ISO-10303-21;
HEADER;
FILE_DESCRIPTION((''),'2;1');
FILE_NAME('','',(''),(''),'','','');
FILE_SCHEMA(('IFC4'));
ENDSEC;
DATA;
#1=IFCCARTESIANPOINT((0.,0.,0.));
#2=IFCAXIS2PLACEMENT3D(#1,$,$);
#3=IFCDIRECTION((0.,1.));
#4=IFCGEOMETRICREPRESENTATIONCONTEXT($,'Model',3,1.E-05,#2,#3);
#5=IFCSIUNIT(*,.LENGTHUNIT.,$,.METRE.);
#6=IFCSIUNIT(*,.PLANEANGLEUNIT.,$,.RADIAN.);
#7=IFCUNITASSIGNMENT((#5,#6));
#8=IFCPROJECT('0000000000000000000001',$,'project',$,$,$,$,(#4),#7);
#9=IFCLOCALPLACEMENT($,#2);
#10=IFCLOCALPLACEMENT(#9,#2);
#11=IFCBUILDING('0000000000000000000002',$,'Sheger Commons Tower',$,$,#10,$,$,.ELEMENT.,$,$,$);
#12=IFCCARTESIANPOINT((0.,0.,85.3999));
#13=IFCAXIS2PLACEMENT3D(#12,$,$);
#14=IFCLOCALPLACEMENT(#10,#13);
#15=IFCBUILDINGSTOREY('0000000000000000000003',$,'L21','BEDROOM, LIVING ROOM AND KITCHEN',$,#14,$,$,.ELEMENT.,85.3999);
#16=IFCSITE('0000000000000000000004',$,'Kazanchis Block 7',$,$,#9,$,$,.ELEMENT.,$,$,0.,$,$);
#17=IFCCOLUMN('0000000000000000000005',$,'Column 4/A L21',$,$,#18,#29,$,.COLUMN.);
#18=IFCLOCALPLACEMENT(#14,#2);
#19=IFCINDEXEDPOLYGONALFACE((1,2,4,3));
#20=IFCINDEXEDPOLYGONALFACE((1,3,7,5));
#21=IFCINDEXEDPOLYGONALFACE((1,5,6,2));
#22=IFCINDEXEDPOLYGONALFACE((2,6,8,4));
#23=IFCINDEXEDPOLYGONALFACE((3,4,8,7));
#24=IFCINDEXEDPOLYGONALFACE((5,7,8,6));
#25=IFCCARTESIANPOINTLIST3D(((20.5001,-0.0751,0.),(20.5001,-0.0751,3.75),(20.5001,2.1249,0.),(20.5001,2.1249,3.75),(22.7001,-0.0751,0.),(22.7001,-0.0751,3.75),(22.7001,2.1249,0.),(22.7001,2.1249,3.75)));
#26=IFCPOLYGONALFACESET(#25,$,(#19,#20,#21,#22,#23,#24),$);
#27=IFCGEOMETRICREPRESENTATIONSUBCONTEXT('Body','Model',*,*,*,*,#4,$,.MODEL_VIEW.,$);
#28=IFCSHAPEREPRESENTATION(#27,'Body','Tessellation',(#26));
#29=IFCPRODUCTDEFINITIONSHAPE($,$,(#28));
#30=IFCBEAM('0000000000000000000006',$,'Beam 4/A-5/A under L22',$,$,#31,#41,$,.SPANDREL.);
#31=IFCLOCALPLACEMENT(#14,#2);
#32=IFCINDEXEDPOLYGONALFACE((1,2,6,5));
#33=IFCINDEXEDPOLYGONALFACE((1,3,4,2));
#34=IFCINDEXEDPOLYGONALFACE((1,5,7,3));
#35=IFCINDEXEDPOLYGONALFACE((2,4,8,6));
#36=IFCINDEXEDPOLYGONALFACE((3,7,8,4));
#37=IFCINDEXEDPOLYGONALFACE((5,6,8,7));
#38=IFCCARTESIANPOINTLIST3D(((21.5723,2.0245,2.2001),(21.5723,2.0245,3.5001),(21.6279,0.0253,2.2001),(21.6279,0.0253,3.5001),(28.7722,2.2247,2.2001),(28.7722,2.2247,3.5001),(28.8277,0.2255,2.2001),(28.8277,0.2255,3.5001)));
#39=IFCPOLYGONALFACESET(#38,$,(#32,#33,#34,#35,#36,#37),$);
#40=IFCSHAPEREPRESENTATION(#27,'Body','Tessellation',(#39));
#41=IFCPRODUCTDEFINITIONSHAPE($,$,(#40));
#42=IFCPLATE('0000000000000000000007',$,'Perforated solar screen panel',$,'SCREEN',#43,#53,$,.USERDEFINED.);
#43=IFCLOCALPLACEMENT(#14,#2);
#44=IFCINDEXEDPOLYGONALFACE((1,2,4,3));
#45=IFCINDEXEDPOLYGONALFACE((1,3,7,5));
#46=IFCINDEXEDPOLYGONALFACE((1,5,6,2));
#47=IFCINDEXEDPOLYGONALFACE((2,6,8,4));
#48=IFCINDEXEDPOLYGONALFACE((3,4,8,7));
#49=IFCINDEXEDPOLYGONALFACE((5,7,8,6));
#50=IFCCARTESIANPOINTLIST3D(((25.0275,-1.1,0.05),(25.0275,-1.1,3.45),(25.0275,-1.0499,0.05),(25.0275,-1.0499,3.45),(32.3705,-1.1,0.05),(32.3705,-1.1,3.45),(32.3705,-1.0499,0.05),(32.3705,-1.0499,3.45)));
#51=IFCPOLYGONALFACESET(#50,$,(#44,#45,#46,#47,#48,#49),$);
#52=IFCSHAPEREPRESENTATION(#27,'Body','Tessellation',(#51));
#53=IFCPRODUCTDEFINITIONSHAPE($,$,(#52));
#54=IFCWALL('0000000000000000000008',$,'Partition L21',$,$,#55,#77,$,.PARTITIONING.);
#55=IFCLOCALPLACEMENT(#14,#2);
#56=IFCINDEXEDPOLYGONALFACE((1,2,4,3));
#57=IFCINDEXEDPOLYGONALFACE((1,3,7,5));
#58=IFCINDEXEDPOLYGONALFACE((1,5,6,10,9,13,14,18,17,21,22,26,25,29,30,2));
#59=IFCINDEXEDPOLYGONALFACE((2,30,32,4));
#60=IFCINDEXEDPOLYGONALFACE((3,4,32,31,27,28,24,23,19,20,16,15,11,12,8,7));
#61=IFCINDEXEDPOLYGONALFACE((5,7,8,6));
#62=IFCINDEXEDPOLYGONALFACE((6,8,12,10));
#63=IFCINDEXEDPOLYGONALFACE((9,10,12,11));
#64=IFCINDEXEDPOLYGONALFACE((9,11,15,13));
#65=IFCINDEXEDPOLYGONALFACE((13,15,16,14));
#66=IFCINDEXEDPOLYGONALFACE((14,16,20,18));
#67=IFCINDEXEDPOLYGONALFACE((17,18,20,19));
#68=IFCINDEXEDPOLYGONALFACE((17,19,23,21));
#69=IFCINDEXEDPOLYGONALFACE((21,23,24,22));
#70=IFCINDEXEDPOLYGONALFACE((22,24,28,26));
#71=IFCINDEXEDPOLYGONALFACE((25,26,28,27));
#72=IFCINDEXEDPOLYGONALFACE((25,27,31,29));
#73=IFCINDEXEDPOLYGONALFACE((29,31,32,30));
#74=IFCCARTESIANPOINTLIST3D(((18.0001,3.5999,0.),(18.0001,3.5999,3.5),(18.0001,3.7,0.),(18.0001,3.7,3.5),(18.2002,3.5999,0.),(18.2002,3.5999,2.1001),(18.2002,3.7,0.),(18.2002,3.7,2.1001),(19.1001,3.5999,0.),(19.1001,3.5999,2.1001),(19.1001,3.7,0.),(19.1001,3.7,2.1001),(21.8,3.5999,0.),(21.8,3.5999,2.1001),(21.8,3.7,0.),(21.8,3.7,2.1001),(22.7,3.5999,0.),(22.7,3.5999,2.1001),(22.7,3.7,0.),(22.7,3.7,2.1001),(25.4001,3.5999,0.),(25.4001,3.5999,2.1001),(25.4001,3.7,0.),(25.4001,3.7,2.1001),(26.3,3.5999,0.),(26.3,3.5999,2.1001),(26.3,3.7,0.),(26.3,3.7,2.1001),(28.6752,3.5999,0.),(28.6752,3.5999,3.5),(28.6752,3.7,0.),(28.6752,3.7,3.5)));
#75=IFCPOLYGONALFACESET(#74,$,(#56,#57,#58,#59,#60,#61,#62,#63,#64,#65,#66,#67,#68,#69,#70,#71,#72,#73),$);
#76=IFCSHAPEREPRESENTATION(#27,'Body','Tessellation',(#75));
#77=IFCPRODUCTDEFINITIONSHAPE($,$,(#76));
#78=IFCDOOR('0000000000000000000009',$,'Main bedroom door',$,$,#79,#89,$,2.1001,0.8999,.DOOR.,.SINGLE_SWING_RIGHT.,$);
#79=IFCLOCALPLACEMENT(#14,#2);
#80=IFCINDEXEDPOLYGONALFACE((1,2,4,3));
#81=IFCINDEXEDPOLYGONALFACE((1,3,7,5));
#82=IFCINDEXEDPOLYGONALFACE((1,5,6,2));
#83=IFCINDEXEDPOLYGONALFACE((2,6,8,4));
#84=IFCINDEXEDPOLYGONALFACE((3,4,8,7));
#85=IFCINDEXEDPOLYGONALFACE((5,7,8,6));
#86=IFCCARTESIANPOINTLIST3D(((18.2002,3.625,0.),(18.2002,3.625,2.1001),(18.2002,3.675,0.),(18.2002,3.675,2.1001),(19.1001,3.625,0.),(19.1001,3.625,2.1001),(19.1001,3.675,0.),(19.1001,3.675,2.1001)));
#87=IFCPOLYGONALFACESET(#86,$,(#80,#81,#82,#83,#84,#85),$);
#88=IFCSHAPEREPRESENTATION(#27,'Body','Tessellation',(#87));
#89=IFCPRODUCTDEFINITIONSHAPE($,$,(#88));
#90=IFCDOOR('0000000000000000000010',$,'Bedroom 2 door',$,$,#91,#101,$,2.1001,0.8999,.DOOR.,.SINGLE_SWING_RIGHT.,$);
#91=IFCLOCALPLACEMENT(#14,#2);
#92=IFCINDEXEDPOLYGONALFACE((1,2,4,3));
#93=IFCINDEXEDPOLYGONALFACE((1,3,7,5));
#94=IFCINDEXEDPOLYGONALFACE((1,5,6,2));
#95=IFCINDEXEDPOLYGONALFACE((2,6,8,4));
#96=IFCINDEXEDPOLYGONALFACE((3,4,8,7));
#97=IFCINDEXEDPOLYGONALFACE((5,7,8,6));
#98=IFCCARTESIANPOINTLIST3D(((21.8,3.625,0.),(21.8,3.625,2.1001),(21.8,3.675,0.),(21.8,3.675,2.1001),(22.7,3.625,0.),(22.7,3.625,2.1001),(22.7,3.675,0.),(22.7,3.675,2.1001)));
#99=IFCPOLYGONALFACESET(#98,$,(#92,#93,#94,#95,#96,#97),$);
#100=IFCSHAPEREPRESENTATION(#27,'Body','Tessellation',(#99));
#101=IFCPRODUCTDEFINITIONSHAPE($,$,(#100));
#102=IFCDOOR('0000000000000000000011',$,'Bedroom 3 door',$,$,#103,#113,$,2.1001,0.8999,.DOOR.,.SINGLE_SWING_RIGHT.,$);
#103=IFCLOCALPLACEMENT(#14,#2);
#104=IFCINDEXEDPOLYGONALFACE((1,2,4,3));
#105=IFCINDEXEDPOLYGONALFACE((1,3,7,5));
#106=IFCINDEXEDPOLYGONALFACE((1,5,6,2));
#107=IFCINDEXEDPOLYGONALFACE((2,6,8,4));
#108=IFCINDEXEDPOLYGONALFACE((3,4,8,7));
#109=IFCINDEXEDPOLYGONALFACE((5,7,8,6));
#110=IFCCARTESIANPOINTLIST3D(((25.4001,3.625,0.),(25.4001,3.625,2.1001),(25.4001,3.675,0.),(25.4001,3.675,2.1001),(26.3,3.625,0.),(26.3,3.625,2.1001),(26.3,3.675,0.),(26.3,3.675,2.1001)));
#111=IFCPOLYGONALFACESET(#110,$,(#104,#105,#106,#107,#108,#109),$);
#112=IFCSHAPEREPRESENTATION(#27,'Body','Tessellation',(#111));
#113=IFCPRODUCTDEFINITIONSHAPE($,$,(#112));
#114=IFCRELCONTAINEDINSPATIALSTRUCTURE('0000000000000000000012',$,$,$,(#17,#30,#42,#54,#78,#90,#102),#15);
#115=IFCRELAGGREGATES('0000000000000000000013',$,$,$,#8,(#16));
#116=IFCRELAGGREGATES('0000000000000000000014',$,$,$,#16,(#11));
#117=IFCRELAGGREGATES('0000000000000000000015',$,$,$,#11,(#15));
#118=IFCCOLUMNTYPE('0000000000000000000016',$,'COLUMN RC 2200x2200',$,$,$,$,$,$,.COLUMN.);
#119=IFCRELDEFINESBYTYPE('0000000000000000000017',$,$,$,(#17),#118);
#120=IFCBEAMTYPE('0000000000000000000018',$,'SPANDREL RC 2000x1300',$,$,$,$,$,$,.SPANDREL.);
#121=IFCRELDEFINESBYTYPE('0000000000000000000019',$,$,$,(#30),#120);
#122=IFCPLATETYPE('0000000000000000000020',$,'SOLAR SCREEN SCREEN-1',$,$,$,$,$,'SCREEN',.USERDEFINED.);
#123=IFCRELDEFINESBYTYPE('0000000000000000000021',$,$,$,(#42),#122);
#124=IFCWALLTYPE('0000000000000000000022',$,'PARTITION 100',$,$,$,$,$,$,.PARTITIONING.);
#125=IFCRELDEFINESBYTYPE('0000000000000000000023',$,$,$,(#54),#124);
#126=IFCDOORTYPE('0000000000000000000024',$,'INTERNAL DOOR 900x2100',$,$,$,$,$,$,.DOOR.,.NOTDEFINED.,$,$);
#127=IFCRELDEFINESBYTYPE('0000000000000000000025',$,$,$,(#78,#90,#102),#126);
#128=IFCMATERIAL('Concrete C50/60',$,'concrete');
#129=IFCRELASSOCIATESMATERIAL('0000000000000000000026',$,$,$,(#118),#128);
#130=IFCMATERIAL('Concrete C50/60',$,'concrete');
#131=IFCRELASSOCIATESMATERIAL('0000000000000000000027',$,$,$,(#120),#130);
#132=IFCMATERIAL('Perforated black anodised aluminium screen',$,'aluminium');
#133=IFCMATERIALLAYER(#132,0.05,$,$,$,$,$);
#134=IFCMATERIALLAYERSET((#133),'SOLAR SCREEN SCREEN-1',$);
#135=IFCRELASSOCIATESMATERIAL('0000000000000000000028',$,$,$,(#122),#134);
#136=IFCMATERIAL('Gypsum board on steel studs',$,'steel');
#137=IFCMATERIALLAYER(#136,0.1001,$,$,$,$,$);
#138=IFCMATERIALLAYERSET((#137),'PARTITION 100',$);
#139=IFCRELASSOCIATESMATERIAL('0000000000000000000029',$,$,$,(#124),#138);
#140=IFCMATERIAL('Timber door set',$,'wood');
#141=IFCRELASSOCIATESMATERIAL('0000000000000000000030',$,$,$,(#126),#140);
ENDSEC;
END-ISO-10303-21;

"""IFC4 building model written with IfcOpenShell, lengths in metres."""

from ifc_helpers import new_model, si_unit, direction, frame, frame_2d, origin, origin_2d, place, context, subcontext, project, spatial, rectangle, extrude, material, layer, layer_set, material_profile, profile_set, type_object, element, fill, save


model = new_model("IFC4")

# Units and contexts
model_context = context("Model", 3, precision=1e-05, world=origin(), true_north=direction((0.0, 1.0)))
body_context = subcontext(model_context, "Body", "Model", "MODEL_VIEW")
ifc_project = project(units=[si_unit("LENGTHUNIT", "METRE"), si_unit("PLANEANGLEUNIT", "RADIAN")], contexts=[model_context])

# Site, building, storey
site_placement = place(None, origin())
site = spatial("IfcSite", under=ifc_project, at=site_placement, Name="Kazanchis Block 7", CompositionType="ELEMENT", RefElevation=0.0)
building_placement = place(site_placement, origin())
building = spatial("IfcBuilding", under=site, at=building_placement, Name="Sheger Commons Tower", CompositionType="ELEMENT")
storey_placement = place(building_placement, frame((0.0, 0.0, 85.3999)))
storey = spatial("IfcBuildingStorey", under=building, at=storey_placement, Name="L21", Description="BEDROOM, LIVING ROOM AND KITCHEN", CompositionType="ELEMENT", Elevation=85.3999)

# Column
ifc_material_1 = material(Name="Concrete C50/60", Category="concrete")
ifc_material_profile_1 = material_profile(ifc_material_1, rectangle(XDim=2.2, YDim=2.2, at=origin_2d()), Name="RC 2200x2200")
ifc_profile_set_1 = profile_set([ifc_material_profile_1], Name="Concrete C50/60")
column_type = type_object("IfcColumnType", Name="COLUMN RC 2200x2200", PredefinedType="COLUMN", material=ifc_profile_set_1)
column_placement = place(storey_placement, frame((21.6001, 1.0249, 0.0), z_axis=(0.0, 0.0, 1.0), x_axis=(1.0, 0.0, 0.0)))
element("IfcColumn", 1, at=column_placement, inside=storey, type_object=column_type, Name="Column 4/A L21", PredefinedType="COLUMN", context=body_context, shape_type="SweptSolid", body=[
    extrude(rectangle(XDim=2.2, YDim=2.2, at=origin_2d()), origin(), (0.0, 0.0, 1.0), 3.75),
])

# Beam
ifc_material_2 = material(Name="Concrete C50/60", Category="concrete")
ifc_material_profile_2 = material_profile(ifc_material_2, rectangle(XDim=2.0, YDim=1.3, at=origin_2d()), Name="RC 2000x1300")
ifc_profile_set_2 = profile_set([ifc_material_profile_2], Name="Concrete C50/60")
beam_type = type_object("IfcBeamType", Name="SPANDREL RC 2000x1300", PredefinedType="SPANDREL", material=ifc_profile_set_2)
beam_placement = place(storey_placement, frame((21.6001, 1.0249, 2.8501), z_axis=(0.999614, 0.027794, 0.0), x_axis=(-0.027794, 0.999614, 0.0)))
element("IfcBeam", 2, at=beam_placement, inside=storey, type_object=beam_type, Name="Beam 4/A-5/A under L22", PredefinedType="SPANDREL", context=body_context, shape_type="SweptSolid", body=[
    extrude(rectangle(XDim=2.0, YDim=1.3, at=origin_2d()), origin(), (0.0, 0.0, 1.0), 7.2026),
])

# Plate
ifc_material_3 = material(Name="Perforated black anodised aluminium screen", Category="aluminium")
ifc_layer_1 = layer(ifc_material_3, 0.05)
ifc_layer_set_1 = layer_set([ifc_layer_1], Name="SOLAR SCREEN SCREEN-1")
plate_type = type_object("IfcPlateType", Name="SOLAR SCREEN SCREEN-1", ElementType="SCREEN", PredefinedType="USERDEFINED", material=ifc_layer_set_1)
plate_placement = place(storey_placement, frame((28.699, -1.075, 0.05), z_axis=(0.0, 0.0, 1.0), x_axis=(1.0, 0.0, 0.0)))
element("IfcPlate", 3, at=plate_placement, inside=storey, type_object=plate_type, Name="Perforated solar screen panel", ObjectType="SCREEN", PredefinedType="USERDEFINED", context=body_context, shape_type="SweptSolid", body=[
    extrude(rectangle(XDim=7.343, YDim=0.05, at=origin_2d()), origin(), (0.0, 0.0, 1.0), 3.3999),
])

# Wall, openings, doors
ifc_material_4 = material(Name="Gypsum board on steel studs", Category="steel")
ifc_layer_2 = layer(ifc_material_4, 0.1001)
ifc_layer_set_2 = layer_set([ifc_layer_2], Name="PARTITION 100")
wall_type = type_object("IfcWallType", Name="PARTITION 100", PredefinedType="PARTITIONING", material=ifc_layer_set_2)
wall_1_placement = place(storey_placement, frame((28.675, 3.6499, 0.0), z_axis=(0.0, 0.0, 1.0), x_axis=(-1.0, 0.0, 0.0)))
wall_1 = element("IfcWall", 4, at=wall_1_placement, inside=storey, type_object=wall_type, Name="Partition L21", PredefinedType="PARTITIONING", context=body_context, shape_type="SweptSolid", body=[
    extrude(rectangle(XDim=10.675, YDim=0.1001, at=frame_2d((5.3374, 0.0))), origin(), (0.0, 0.0, 1.0), 3.5),
])
opening_1_placement = place(wall_1_placement, frame((9.575, 0.0, 0.0)))
opening_1 = element("IfcOpeningElement", 5, at=opening_1_placement, cuts=wall_1, PredefinedType="OPENING", context=body_context, shape_type="SweptSolid", body=[
    extrude(rectangle(XDim=0.8999, YDim=2.1001, at=frame_2d((0.45, 1.05))), frame((0.0, 0.0601, 0.0), z_axis=(0.0, -1.0, 0.0), x_axis=(1.0, 0.0, 0.0)), (0.0, 0.0, 1.0), 0.1201),
])
opening_2_placement = place(wall_1_placement, frame((5.9751, 0.0, 0.0)))
opening_2 = element("IfcOpeningElement", 6, at=opening_2_placement, cuts=wall_1, PredefinedType="OPENING", context=body_context, shape_type="SweptSolid", body=[
    extrude(rectangle(XDim=0.8999, YDim=2.1001, at=frame_2d((0.45, 1.05))), frame((0.0, 0.0601, 0.0), z_axis=(0.0, -1.0, 0.0), x_axis=(1.0, 0.0, 0.0)), (0.0, 0.0, 1.0), 0.1201),
])
opening_3_placement = place(wall_1_placement, frame((2.375, 0.0, 0.0)))
opening_3 = element("IfcOpeningElement", 7, at=opening_3_placement, cuts=wall_1, PredefinedType="OPENING", context=body_context, shape_type="SweptSolid", body=[
    extrude(rectangle(XDim=0.8999, YDim=2.1001, at=frame_2d((0.45, 1.05))), frame((0.0, 0.0601, 0.0), z_axis=(0.0, -1.0, 0.0), x_axis=(1.0, 0.0, 0.0)), (0.0, 0.0, 1.0), 0.1201),
])
ifc_material_5 = material(Name="Timber door set", Category="wood")
door_type = type_object("IfcDoorType", Name="INTERNAL DOOR 900x2100", OperationType="NOTDEFINED", PredefinedType="DOOR", material=ifc_material_5)
door_1_placement = place(opening_1_placement, origin())
door_1 = element("IfcDoor", 8, at=door_1_placement, inside=storey, type_object=door_type, Name="Main bedroom door", OperationType="SINGLE_SWING_RIGHT", OverallHeight=2.1001, OverallWidth=0.8999, PredefinedType="DOOR", context=body_context, shape_type="SweptSolid", body=[
    extrude(rectangle(XDim=0.8999, YDim=2.1001, at=frame_2d((0.45, 1.05))), frame((0.0, 0.0249, 0.0), z_axis=(0.0, -1.0, 0.0), x_axis=(1.0, 0.0, 0.0)), (0.0, 0.0, 1.0), 0.05),
])
fill(opening_1, door_1)
door_2_placement = place(opening_2_placement, origin())
door_2 = element("IfcDoor", 9, at=door_2_placement, inside=storey, type_object=door_type, Name="Bedroom 2 door", OperationType="SINGLE_SWING_RIGHT", OverallHeight=2.1001, OverallWidth=0.8999, PredefinedType="DOOR", context=body_context, shape_type="SweptSolid", body=[
    extrude(rectangle(XDim=0.8999, YDim=2.1001, at=frame_2d((0.45, 1.05))), frame((0.0, 0.0249, 0.0), z_axis=(0.0, -1.0, 0.0), x_axis=(1.0, 0.0, 0.0)), (0.0, 0.0, 1.0), 0.05),
])
fill(opening_2, door_2)
door_3_placement = place(opening_3_placement, origin())
door_3 = element("IfcDoor", 10, at=door_3_placement, inside=storey, type_object=door_type, Name="Bedroom 3 door", OperationType="SINGLE_SWING_RIGHT", OverallHeight=2.1001, OverallWidth=0.8999, PredefinedType="DOOR", context=body_context, shape_type="SweptSolid", body=[
    extrude(rectangle(XDim=0.8999, YDim=2.1001, at=frame_2d((0.45, 1.05))), frame((0.0, 0.0249, 0.0), z_axis=(0.0, -1.0, 0.0), x_axis=(1.0, 0.0, 0.0)), (0.0, 0.0, 1.0), 0.05),
])
fill(opening_3, door_3)

save(model, "model.ifc")
